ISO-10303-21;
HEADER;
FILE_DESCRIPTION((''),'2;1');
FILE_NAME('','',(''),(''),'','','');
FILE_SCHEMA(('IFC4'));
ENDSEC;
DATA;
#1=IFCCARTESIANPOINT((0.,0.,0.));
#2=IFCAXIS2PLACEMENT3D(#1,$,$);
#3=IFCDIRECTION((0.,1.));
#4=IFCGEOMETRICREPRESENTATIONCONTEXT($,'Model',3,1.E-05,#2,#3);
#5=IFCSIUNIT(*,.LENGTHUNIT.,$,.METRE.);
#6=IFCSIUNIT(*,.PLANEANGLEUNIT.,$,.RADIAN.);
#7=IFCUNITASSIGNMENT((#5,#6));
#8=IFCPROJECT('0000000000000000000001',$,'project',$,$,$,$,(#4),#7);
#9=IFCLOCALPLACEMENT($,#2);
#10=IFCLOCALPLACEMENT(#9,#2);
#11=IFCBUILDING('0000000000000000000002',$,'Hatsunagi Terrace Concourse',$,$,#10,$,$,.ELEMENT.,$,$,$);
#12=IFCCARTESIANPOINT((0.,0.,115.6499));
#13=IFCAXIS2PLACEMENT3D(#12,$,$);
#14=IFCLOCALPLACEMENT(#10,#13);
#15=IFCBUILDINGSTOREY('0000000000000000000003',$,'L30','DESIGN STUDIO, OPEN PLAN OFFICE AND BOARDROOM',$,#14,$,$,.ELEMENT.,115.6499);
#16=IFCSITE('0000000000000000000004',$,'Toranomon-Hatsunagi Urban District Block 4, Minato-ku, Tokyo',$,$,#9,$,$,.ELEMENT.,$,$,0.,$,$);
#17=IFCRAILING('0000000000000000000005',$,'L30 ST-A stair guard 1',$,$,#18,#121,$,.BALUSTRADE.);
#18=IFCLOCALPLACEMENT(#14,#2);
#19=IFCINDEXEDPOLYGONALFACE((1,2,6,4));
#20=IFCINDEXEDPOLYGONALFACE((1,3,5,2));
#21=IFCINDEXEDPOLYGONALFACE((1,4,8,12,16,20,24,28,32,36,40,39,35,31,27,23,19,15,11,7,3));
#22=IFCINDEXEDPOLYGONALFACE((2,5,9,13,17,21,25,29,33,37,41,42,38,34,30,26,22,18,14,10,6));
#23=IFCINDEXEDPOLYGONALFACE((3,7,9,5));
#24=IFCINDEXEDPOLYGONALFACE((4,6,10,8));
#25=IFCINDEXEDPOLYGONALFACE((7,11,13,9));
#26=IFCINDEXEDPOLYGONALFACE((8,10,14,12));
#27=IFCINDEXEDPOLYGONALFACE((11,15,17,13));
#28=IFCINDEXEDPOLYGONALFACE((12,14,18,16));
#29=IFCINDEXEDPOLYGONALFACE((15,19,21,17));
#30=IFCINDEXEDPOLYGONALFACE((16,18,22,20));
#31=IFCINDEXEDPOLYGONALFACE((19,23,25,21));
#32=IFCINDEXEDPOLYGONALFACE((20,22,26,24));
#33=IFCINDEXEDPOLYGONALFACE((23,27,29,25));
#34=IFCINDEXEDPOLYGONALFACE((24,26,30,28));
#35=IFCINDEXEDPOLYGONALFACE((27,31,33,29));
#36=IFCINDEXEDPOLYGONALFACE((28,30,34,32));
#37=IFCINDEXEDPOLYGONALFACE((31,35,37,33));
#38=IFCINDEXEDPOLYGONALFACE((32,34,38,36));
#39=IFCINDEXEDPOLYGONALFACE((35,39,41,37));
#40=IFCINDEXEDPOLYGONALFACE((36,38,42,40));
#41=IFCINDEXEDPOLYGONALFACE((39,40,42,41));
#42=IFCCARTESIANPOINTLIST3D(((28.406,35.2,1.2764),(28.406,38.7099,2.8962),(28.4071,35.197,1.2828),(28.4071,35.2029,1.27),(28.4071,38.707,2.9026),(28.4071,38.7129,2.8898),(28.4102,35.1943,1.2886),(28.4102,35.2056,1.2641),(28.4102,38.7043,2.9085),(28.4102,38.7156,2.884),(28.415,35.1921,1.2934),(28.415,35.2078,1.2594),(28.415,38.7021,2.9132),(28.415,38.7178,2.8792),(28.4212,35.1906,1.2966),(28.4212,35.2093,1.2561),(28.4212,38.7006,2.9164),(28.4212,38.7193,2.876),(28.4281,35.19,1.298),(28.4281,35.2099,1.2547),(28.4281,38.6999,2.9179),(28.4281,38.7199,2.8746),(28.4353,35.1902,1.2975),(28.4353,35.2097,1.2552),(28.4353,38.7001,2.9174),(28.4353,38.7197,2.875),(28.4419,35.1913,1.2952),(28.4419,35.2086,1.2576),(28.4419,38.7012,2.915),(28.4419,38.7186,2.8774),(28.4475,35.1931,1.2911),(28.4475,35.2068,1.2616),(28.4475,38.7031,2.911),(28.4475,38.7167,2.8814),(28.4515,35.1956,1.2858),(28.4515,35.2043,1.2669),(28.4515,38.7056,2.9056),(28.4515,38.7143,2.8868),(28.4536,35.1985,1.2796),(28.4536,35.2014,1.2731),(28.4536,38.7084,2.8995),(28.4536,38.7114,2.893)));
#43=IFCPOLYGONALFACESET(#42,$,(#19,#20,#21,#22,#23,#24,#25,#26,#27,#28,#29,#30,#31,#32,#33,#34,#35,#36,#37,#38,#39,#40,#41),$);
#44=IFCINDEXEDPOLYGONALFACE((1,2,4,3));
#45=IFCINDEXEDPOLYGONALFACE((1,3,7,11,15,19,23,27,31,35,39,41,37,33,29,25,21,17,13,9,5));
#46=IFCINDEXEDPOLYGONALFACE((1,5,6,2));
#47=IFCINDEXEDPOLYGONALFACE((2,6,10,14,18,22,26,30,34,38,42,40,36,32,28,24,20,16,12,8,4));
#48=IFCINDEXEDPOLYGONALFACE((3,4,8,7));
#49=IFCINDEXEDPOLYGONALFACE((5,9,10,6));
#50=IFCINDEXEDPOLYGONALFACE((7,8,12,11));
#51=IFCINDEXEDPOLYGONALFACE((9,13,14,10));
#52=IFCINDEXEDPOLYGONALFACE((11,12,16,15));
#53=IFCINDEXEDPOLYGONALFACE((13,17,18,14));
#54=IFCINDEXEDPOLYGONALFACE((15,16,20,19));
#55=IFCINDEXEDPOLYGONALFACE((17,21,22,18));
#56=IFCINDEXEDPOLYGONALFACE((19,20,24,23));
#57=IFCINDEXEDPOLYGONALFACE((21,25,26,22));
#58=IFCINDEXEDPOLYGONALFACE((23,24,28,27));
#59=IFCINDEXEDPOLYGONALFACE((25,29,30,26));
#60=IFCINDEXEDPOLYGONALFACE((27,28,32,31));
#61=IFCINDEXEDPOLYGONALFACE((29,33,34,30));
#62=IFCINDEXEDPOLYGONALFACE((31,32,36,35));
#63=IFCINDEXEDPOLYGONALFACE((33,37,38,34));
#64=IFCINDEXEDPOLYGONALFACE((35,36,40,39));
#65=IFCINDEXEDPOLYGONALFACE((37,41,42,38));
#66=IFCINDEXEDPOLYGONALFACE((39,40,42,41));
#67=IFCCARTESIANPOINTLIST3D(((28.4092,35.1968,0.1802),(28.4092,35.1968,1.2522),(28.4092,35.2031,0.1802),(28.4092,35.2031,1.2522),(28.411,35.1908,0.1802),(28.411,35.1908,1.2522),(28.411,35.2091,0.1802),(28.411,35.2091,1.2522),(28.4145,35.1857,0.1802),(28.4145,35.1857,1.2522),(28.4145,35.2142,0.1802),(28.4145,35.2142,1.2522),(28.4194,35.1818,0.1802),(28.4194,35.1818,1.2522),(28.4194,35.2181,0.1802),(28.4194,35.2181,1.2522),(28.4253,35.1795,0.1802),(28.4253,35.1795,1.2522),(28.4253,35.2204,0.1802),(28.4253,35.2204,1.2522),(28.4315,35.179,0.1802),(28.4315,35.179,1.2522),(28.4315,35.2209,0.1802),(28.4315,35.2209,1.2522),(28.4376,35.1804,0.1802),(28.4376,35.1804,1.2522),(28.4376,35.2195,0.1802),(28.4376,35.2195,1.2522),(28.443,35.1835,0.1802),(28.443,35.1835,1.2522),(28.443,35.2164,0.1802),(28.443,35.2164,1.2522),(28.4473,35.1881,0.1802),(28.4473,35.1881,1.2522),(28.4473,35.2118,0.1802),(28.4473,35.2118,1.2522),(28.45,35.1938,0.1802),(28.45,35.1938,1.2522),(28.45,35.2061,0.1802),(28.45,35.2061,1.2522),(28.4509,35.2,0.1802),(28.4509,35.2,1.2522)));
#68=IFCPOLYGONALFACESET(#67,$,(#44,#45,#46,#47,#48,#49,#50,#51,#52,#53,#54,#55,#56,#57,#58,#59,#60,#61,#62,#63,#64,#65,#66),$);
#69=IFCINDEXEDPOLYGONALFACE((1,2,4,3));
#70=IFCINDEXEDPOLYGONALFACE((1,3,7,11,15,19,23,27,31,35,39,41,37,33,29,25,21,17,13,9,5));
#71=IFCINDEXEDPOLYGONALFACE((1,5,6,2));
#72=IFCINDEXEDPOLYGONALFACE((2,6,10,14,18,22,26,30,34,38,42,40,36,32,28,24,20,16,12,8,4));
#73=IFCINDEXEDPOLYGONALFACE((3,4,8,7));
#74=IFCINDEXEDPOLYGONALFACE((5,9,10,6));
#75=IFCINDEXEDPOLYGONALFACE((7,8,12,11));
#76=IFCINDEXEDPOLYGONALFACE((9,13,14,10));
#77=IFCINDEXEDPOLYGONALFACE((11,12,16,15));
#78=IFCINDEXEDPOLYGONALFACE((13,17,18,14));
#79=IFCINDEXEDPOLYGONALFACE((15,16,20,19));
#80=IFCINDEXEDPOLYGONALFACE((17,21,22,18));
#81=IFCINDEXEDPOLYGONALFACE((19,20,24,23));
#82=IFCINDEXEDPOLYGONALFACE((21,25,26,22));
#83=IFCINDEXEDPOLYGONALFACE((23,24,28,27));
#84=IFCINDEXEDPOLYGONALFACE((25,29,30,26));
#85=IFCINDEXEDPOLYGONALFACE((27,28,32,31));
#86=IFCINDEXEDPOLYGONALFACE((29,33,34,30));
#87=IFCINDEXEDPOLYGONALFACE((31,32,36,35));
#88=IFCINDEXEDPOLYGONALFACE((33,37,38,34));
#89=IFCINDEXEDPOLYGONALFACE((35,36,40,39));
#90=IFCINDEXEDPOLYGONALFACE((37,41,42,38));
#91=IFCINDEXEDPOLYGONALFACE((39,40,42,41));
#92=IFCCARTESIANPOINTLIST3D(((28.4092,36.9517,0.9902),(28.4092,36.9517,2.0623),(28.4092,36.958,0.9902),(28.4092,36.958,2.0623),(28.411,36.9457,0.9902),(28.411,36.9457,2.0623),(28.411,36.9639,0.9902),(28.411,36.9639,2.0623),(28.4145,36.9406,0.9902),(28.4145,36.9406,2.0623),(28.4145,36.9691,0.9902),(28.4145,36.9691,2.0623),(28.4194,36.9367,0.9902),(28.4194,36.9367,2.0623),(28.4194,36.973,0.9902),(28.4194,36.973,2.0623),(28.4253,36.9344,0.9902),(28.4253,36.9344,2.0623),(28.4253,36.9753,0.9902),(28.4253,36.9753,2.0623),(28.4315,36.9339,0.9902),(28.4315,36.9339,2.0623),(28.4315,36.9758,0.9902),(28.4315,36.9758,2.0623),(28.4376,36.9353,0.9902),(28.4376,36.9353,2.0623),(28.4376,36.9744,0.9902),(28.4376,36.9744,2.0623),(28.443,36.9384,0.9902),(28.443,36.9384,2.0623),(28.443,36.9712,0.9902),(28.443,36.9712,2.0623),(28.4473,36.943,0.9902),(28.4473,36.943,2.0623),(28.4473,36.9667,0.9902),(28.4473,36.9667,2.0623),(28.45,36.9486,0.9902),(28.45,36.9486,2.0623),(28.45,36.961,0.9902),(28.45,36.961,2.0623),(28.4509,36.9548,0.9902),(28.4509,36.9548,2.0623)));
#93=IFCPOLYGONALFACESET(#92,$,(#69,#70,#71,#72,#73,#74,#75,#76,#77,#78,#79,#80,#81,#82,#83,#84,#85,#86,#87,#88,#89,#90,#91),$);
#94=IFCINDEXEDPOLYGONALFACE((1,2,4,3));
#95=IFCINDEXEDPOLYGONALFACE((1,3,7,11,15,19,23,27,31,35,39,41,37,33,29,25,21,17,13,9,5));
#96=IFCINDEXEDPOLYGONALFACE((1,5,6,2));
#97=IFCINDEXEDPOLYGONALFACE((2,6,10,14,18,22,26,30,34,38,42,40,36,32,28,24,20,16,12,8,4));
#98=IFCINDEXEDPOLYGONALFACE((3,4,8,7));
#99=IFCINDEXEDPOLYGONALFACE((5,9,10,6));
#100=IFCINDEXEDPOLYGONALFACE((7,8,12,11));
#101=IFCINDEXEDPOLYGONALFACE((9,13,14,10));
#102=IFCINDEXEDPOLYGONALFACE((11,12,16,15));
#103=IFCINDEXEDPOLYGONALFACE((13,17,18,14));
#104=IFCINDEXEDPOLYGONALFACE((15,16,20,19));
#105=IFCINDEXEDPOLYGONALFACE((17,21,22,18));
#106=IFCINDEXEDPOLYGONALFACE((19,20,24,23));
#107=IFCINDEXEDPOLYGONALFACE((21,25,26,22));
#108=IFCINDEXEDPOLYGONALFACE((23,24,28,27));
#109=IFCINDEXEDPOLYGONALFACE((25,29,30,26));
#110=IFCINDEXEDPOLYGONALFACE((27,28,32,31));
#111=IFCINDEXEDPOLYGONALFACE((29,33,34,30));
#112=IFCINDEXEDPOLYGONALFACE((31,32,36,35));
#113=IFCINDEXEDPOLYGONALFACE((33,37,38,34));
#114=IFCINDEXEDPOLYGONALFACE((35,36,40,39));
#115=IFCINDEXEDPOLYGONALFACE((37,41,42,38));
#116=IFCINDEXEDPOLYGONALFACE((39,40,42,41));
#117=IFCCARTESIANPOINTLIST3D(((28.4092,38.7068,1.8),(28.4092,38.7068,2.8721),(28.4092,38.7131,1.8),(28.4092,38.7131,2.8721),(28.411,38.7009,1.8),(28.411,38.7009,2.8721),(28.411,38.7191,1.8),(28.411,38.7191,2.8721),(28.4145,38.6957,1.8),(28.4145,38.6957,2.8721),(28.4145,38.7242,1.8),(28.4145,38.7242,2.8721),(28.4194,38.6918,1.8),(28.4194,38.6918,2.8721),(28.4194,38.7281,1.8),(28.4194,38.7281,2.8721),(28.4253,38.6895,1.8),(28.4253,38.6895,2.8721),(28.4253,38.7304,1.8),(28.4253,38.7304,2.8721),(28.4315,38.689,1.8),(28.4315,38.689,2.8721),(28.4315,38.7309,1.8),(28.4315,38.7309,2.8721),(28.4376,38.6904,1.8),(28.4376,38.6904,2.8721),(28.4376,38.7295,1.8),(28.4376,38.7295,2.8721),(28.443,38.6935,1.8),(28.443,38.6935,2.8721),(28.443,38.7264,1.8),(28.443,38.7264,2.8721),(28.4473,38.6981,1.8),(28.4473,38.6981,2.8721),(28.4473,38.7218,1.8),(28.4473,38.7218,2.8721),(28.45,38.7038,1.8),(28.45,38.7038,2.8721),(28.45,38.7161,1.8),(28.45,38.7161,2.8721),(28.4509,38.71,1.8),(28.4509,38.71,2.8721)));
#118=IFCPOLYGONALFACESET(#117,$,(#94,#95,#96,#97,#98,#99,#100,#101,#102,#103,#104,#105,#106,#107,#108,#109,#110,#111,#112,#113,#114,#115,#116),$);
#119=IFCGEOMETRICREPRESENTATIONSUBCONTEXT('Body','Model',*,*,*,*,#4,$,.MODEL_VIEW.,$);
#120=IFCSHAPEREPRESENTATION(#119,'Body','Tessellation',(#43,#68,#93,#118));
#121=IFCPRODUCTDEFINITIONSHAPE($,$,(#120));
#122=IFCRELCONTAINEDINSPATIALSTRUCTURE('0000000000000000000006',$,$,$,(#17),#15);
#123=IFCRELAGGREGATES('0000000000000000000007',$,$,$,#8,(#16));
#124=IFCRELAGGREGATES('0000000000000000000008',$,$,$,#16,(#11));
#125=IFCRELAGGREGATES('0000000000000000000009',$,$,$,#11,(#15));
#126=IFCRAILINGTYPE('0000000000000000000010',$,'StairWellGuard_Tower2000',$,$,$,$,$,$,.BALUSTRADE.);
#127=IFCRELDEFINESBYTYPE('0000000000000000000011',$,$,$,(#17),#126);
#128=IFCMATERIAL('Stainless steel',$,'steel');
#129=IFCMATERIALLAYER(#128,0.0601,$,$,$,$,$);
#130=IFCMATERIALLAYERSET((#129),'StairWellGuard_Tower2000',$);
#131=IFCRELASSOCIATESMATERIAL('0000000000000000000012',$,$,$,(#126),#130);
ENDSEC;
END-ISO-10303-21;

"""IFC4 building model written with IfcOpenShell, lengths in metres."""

from ifc_helpers import new_model, si_unit, direction, frame, origin, origin_2d, place, context, subcontext, project, spatial, circle, extrude, material, layer, layer_set, type_object, element, save


model = new_model("IFC4")

# Units and contexts
model_context = context("Model", 3, precision=1e-05, world=origin(), true_north=direction((0.0, 1.0)))
body_context = subcontext(model_context, "Body", "Model", "MODEL_VIEW")
ifc_project = project(units=[si_unit("LENGTHUNIT", "METRE"), si_unit("PLANEANGLEUNIT", "RADIAN")], contexts=[model_context])

# Site, building, storey
site_placement = place(None, origin())
site = spatial("IfcSite", under=ifc_project, at=site_placement, Name="Toranomon-Hatsunagi Urban District Block 4, Minato-ku, Tokyo", CompositionType="ELEMENT", RefElevation=0.0)
building_placement = place(site_placement, origin())
building = spatial("IfcBuilding", under=site, at=building_placement, Name="Hatsunagi Terrace Concourse", CompositionType="ELEMENT")
storey_placement = place(building_placement, frame((0.0, 0.0, 115.6499)))
storey = spatial("IfcBuildingStorey", under=building, at=storey_placement, Name="L30", Description="DESIGN STUDIO, OPEN PLAN OFFICE AND BOARDROOM", CompositionType="ELEMENT", Elevation=115.6499)

# Railing
ifc_material_1 = material(Name="Stainless steel", Category="steel")
ifc_layer_1 = layer(ifc_material_1, 0.0601)
ifc_layer_set_1 = layer_set([ifc_layer_1], Name="StairWellGuard_Tower2000")
railing_type_1 = type_object("IfcRailingType", Name="StairWellGuard_Tower2000", PredefinedType="BALUSTRADE", material=ifc_layer_set_1)
railing_1_placement = place(storey_placement, frame((28.4299, 35.2, 0.1802)))
element("IfcRailing", 1, at=railing_1_placement, inside=storey, type_object=railing_type_1, Name="L30 ST-A stair guard 1", PredefinedType="BALUSTRADE", context=body_context, shape_type="SweptSolid", body=[
    extrude(circle(Radius=0.0239, at=origin_2d()), frame((0.0, 0.0, 1.0962), z_axis=(0.0, 0.907972, 0.41903), x_axis=(-1.0, 0.0, 0.0)), (0.0, 0.0, 1.0), 3.8657),
    extrude(circle(Radius=0.021, at=origin_2d()), origin(), (0.0, 0.0, 1.0), 1.072),
    extrude(circle(Radius=0.021, at=origin_2d()), frame((0.0, 1.7549, 0.8101)), (0.0, 0.0, 1.0), 1.072),
    extrude(circle(Radius=0.021, at=origin_2d()), frame((0.0, 3.51, 1.6199)), (0.0, 0.0, 1.0), 1.072),
])

save(model, "model.ifc")
